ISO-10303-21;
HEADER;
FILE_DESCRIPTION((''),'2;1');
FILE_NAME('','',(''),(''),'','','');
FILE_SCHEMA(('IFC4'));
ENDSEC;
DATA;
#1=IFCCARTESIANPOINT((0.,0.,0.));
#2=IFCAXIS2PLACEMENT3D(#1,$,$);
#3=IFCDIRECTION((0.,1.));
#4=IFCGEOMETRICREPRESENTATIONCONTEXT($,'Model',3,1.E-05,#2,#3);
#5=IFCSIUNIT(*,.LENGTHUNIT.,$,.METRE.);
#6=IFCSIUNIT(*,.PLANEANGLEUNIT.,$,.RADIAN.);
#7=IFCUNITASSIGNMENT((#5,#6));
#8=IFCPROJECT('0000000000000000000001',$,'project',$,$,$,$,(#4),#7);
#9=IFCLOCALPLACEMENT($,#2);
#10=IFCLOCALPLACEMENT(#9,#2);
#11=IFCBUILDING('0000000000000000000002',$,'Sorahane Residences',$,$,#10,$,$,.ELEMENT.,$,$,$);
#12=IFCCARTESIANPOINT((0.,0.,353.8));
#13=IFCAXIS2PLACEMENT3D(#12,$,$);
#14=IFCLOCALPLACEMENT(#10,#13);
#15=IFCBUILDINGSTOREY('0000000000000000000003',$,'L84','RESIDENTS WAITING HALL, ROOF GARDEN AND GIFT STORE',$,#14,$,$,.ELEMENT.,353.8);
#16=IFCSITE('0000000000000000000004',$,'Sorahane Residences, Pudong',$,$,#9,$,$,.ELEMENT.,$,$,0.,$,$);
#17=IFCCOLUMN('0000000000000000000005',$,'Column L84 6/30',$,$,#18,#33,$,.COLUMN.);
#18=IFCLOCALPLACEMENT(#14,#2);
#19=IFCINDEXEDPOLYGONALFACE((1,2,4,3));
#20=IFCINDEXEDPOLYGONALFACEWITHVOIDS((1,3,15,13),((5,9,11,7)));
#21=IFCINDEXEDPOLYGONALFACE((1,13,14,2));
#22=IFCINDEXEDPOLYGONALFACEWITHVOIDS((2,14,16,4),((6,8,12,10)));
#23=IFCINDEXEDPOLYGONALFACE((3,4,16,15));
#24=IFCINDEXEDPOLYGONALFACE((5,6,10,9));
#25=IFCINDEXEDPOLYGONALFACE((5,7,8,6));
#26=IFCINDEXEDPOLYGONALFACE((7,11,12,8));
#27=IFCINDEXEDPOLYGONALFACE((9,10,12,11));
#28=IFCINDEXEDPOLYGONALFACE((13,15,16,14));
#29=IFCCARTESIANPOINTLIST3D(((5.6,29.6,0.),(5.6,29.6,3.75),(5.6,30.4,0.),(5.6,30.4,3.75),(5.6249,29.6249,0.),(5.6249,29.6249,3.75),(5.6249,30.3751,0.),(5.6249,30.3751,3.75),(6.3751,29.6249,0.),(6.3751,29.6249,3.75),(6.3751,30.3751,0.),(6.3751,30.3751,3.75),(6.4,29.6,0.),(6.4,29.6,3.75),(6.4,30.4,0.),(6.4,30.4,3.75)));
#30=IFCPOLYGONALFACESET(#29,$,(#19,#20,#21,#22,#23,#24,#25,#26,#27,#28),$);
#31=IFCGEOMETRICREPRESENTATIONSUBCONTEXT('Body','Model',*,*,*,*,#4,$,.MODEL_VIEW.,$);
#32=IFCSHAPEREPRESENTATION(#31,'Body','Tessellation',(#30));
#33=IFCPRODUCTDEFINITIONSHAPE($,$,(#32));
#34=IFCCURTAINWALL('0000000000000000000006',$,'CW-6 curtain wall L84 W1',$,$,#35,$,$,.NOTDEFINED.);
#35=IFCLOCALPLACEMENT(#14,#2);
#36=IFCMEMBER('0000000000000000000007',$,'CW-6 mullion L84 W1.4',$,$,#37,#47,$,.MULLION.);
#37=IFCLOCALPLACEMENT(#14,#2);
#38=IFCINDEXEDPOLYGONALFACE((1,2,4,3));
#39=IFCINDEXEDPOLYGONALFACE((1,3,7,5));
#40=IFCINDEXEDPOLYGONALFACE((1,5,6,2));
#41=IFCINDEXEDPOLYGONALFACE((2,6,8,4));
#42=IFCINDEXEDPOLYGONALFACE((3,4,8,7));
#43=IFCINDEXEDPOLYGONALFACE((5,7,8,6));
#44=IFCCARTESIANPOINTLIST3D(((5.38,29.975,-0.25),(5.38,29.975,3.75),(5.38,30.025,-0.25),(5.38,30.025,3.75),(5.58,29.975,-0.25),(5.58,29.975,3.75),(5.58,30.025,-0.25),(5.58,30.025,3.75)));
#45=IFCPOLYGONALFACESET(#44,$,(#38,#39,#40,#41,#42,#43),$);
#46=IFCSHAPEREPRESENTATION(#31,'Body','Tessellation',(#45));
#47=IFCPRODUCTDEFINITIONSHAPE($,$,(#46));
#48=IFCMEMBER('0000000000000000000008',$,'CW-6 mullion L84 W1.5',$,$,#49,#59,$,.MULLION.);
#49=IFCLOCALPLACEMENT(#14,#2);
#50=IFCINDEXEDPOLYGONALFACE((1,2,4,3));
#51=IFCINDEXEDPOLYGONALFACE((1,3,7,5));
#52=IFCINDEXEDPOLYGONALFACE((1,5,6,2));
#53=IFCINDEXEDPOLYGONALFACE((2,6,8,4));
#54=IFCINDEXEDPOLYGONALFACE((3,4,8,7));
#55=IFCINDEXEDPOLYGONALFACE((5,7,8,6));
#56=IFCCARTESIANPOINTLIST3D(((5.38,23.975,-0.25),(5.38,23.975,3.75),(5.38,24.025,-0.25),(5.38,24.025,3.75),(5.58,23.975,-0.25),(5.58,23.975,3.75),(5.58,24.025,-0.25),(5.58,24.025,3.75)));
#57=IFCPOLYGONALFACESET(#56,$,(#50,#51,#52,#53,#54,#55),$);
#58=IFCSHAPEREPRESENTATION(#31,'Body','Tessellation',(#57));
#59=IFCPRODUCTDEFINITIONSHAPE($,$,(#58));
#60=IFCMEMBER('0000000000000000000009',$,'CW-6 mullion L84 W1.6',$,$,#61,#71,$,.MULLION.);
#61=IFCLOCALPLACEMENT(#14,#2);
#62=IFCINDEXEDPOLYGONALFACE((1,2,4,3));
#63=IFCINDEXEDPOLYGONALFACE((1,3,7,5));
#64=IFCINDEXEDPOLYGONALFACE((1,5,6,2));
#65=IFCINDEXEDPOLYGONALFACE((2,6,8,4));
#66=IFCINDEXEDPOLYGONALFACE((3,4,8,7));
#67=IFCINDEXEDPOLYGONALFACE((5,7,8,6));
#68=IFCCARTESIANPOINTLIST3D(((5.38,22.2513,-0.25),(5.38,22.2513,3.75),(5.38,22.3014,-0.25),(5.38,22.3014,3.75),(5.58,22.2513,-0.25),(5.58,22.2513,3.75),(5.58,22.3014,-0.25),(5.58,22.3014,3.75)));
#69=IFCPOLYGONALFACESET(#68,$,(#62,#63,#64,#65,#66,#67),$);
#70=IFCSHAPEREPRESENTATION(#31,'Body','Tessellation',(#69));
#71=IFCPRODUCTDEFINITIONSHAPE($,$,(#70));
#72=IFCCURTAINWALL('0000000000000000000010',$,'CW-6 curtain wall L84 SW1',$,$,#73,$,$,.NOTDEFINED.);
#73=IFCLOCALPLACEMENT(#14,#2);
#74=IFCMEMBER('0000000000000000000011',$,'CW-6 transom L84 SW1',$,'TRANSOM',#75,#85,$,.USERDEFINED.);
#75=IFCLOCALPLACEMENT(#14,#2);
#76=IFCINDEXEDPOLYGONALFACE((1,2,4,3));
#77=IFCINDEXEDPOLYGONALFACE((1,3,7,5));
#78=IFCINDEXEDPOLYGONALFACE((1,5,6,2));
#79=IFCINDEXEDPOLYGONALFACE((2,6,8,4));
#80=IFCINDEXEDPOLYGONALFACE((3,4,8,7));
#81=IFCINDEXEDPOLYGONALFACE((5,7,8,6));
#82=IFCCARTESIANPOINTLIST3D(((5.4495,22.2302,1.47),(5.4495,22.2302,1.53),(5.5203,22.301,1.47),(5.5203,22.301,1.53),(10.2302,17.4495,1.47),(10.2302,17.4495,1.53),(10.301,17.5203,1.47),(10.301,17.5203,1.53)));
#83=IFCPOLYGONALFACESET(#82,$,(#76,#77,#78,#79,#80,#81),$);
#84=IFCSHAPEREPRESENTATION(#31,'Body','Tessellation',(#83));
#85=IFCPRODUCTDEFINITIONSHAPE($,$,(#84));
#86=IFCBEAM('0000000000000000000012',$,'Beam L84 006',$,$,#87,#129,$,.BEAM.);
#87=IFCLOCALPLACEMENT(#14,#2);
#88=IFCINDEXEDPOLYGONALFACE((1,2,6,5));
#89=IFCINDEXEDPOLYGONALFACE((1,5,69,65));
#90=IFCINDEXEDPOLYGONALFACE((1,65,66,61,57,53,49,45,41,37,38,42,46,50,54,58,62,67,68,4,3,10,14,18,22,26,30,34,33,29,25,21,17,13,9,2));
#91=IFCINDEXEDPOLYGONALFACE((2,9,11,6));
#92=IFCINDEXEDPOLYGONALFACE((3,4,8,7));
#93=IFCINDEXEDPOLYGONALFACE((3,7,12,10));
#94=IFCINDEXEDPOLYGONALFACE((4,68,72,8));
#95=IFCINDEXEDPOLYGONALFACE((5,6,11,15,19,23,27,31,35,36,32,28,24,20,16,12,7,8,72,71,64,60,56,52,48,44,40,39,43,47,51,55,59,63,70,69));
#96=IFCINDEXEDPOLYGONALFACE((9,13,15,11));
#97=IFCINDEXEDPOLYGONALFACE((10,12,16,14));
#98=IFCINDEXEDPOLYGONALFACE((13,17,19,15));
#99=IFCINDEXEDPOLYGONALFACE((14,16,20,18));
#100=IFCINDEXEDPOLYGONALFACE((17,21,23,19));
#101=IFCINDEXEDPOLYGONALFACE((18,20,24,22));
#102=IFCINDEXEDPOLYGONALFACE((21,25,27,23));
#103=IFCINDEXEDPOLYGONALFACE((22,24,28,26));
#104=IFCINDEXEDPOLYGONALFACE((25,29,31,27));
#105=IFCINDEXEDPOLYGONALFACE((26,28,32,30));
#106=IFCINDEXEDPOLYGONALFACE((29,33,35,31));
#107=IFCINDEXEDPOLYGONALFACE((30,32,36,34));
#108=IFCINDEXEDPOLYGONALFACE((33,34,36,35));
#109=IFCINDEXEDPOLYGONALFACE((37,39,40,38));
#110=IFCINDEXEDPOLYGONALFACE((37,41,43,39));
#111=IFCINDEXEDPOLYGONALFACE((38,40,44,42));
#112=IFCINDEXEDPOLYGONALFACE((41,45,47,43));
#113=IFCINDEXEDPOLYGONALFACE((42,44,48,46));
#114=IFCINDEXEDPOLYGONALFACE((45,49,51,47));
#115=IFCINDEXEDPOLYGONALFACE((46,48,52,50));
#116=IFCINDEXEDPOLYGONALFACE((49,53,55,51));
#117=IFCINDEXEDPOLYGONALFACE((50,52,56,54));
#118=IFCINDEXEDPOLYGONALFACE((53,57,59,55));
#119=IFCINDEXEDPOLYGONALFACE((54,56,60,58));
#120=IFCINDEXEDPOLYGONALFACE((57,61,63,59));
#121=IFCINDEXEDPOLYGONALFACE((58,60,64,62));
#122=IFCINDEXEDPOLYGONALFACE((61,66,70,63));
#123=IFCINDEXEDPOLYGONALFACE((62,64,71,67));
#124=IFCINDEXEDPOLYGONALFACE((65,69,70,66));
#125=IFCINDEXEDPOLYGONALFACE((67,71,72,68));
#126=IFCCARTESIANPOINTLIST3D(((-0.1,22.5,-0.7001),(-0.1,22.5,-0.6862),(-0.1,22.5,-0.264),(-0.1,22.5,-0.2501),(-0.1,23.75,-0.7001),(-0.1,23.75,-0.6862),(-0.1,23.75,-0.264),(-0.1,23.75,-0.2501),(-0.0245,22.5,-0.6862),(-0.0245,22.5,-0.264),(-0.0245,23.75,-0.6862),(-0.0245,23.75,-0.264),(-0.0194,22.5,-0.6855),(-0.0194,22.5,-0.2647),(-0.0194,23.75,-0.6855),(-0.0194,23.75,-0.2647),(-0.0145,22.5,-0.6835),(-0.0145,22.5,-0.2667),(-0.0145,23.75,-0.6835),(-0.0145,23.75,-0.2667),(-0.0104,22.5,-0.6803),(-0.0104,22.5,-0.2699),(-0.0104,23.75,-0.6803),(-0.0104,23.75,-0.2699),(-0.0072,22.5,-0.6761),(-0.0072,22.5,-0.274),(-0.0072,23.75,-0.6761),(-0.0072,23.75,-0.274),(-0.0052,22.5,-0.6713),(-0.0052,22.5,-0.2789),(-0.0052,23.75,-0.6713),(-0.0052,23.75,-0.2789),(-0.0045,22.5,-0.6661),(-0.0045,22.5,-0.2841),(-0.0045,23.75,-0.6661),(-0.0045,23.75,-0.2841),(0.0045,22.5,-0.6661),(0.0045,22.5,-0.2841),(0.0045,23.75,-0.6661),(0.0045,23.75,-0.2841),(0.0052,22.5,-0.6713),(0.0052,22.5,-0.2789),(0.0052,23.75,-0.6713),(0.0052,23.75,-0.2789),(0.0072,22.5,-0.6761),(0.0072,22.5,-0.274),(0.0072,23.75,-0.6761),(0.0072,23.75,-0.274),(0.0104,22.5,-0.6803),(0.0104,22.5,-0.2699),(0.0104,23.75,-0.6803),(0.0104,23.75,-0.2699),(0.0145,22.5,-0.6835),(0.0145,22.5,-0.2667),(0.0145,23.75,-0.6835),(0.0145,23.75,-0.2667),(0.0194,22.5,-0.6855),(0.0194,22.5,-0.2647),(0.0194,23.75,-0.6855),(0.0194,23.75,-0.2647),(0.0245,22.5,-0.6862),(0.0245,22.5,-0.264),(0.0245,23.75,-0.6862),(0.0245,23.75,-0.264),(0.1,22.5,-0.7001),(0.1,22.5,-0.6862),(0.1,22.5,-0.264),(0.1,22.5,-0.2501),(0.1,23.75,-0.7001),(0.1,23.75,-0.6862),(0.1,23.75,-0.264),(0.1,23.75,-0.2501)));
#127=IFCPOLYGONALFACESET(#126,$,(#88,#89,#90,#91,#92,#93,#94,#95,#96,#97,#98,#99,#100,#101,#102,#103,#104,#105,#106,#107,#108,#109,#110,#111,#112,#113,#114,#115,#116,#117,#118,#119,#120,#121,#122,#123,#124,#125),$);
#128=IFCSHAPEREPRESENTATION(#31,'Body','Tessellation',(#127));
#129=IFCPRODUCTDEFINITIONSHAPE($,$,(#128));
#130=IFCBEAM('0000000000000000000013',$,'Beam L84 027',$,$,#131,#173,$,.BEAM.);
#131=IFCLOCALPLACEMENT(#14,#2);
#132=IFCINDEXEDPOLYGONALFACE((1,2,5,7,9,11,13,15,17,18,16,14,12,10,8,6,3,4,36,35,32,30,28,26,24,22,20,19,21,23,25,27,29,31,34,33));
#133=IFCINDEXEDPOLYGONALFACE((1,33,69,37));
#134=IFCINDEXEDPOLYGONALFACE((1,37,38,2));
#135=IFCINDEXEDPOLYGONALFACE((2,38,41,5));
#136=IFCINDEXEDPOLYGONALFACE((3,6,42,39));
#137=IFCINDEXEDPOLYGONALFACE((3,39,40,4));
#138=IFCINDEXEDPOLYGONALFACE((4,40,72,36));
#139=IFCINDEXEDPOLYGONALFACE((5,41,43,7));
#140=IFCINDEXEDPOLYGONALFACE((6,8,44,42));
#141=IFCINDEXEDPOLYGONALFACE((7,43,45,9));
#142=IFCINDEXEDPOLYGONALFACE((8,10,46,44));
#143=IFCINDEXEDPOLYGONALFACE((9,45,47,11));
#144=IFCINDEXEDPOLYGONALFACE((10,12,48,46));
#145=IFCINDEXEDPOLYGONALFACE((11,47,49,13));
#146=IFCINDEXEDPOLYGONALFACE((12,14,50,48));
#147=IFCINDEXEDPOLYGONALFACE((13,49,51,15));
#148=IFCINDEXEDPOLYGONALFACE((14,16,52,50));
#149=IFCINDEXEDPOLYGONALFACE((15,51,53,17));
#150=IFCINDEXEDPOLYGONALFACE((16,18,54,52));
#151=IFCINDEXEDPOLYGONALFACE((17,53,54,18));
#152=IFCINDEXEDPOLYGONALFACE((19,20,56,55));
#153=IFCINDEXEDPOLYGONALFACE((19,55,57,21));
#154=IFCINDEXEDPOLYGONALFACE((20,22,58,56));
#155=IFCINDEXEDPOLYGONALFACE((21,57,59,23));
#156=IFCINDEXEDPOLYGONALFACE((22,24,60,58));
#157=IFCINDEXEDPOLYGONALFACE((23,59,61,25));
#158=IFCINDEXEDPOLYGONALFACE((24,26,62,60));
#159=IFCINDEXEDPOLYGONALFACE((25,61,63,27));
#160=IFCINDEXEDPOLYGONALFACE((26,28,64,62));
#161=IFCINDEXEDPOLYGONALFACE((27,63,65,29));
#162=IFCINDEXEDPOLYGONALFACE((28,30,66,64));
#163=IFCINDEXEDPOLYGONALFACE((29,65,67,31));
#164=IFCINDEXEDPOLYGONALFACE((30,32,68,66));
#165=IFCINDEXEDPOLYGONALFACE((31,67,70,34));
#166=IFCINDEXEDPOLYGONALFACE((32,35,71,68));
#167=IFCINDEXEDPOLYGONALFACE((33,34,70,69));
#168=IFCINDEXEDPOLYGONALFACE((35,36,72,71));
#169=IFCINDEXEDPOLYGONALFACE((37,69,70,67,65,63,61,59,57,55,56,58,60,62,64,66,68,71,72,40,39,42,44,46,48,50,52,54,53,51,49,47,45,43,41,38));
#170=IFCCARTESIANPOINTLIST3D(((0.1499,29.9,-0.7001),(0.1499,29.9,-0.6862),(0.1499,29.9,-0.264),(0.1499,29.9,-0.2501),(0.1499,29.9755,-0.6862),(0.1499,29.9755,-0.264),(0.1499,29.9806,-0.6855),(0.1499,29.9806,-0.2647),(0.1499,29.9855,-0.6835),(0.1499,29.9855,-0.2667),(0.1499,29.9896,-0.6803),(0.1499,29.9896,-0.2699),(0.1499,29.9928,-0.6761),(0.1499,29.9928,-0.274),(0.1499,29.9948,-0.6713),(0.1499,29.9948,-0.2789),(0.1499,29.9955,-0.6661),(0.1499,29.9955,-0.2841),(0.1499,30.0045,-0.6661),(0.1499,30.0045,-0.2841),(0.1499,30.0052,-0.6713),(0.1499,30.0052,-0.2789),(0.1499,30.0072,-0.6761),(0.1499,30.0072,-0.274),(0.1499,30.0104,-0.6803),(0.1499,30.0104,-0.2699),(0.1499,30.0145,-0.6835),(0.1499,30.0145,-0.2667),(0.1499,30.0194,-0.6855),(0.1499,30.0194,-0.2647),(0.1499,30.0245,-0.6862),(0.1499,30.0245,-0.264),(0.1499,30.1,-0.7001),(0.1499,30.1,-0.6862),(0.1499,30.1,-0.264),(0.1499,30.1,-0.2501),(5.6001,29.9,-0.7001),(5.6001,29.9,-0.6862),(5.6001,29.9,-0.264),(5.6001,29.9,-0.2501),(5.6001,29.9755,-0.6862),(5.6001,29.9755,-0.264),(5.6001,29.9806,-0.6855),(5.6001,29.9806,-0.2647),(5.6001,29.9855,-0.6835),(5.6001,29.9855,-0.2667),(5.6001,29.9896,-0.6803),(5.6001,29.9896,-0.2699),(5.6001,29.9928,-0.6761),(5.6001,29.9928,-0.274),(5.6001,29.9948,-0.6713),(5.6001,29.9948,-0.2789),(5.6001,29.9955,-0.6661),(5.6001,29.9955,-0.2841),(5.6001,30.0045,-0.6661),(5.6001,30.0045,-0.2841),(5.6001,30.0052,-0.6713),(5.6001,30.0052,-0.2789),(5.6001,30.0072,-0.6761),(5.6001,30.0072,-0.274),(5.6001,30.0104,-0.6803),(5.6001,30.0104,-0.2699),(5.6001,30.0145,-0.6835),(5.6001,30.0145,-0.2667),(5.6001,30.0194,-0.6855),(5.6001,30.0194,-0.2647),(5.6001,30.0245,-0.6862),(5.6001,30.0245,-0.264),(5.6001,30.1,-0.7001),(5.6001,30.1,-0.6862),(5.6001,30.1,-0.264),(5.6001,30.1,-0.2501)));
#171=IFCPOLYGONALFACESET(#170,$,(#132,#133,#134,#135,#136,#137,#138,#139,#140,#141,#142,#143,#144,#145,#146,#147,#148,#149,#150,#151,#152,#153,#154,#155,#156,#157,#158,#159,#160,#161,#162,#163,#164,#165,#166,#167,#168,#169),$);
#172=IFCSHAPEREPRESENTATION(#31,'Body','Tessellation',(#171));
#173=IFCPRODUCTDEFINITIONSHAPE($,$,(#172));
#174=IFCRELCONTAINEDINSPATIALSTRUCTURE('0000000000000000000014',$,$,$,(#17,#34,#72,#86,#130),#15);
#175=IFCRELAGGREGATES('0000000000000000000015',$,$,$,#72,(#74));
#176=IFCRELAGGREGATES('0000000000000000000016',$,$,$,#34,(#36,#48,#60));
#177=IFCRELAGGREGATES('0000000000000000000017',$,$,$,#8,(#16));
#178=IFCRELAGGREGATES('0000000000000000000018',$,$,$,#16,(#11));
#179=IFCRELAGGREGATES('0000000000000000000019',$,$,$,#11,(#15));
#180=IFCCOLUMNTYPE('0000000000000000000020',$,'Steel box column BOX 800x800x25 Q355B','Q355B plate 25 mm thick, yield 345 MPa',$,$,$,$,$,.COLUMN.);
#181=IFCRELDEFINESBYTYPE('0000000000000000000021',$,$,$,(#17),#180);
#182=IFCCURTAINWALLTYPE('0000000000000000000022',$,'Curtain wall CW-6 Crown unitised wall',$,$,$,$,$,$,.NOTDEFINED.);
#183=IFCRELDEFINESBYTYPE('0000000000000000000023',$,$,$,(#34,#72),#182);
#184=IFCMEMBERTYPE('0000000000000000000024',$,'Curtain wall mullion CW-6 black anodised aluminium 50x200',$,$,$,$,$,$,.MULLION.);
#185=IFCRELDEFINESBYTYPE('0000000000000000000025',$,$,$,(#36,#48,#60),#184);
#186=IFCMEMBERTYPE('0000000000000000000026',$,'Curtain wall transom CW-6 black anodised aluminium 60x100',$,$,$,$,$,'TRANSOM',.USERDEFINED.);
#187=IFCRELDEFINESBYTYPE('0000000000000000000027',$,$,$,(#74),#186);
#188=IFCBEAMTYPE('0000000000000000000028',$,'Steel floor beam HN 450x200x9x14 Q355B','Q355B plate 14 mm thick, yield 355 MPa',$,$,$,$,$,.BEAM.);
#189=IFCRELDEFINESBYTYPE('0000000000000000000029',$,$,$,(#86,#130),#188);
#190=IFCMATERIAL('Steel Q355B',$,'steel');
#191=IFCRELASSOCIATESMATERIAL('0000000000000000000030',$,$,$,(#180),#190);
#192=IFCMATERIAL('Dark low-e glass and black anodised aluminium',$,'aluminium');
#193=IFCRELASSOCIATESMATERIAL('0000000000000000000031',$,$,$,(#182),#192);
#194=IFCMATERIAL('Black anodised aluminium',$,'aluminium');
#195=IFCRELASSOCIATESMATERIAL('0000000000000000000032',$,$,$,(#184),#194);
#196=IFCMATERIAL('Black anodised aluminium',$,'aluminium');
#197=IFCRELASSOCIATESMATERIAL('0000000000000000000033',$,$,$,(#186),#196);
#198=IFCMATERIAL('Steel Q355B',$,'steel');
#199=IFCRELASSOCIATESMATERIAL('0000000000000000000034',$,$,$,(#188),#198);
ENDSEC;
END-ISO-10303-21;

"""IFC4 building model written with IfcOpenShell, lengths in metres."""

from ifc_helpers import new_model, si_unit, direction, frame, origin, origin_2d, place, context, subcontext, project, spatial, rectangle, hollow_rectangle, i_section, extrude, material, material_profile, profile_set, type_object, element, aggregate, save


model = new_model("IFC4")

# Units and contexts
model_context = context("Model", 3, precision=1e-05, world=origin(), true_north=direction((0.0, 1.0)))
body_context = subcontext(model_context, "Body", "Model", "MODEL_VIEW")
ifc_project = project(units=[si_unit("LENGTHUNIT", "METRE"), si_unit("PLANEANGLEUNIT", "RADIAN")], contexts=[model_context])

# Site, building, storey
site_placement = place(None, origin())
site = spatial("IfcSite", under=ifc_project, at=site_placement, Name="Sorahane Residences, Pudong", CompositionType="ELEMENT", RefElevation=0.0)
building_placement = place(site_placement, origin())
building = spatial("IfcBuilding", under=site, at=building_placement, Name="Sorahane Residences", CompositionType="ELEMENT")
storey_placement = place(building_placement, frame((0.0, 0.0, 353.8)))
storey = spatial("IfcBuildingStorey", under=building, at=storey_placement, Name="L84", Description="RESIDENTS WAITING HALL, ROOF GARDEN AND GIFT STORE", CompositionType="ELEMENT", Elevation=353.8)

# Column
ifc_material_1 = material(Name="Steel Q355B", Category="steel")
ifc_material_profile_1 = material_profile(ifc_material_1, hollow_rectangle(XDim=0.8, YDim=0.8, WallThickness=0.0249, at=origin_2d()), Name="BOX 800x800x25")
ifc_profile_set_1 = profile_set([ifc_material_profile_1], Name="Steel Q355B")
column_type = type_object("IfcColumnType", Name="Steel box column BOX 800x800x25 Q355B", Description="Q355B plate 25 mm thick, yield 345 MPa", PredefinedType="COLUMN", material=ifc_profile_set_1)
column_placement = place(storey_placement, frame((6.0, 30.0, 0.0), z_axis=(0.0, 0.0, 1.0), x_axis=(1.0, 0.0, 0.0)))
element("IfcColumn", 1, at=column_placement, inside=storey, type_object=column_type, Name="Column L84 6/30", PredefinedType="COLUMN", context=body_context, shape_type="SweptSolid", body=[
    extrude(hollow_rectangle(XDim=0.8, YDim=0.8, WallThickness=0.0249, at=origin_2d()), origin(), (0.0, 0.0, 1.0), 3.75),
])

# Curtain wall, members
ifc_material_2 = material(Name="Dark low-e glass and black anodised aluminium", Category="aluminium")
curtain_wall_type = type_object("IfcCurtainWallType", Name="Curtain wall CW-6 Crown unitised wall", PredefinedType="NOTDEFINED", material=ifc_material_2)
curtain_wall_1_placement = place(storey_placement, origin())
curtain_wall_1 = element("IfcCurtainWall", 2, at=curtain_wall_1_placement, inside=storey, type_object=curtain_wall_type, Name="CW-6 curtain wall L84 W1", PredefinedType="NOTDEFINED")
ifc_material_3 = material(Name="Black anodised aluminium", Category="aluminium")
ifc_material_profile_2 = material_profile(ifc_material_3, rectangle(XDim=0.2, YDim=0.05, at=origin_2d()), Name="Curtain wall mullion CW-6 black anodised aluminium 50x200")
ifc_profile_set_2 = profile_set([ifc_material_profile_2], Name="Black anodised aluminium")
member_type_1 = type_object("IfcMemberType", Name="Curtain wall mullion CW-6 black anodised aluminium 50x200", PredefinedType="MULLION", material=ifc_profile_set_2)
member_1_placement = place(storey_placement, frame((5.48, 30.0, -0.25), z_axis=(0.0, 0.0, 1.0), x_axis=(-1.0, 0.0, 0.0)))
member_1 = element("IfcMember", 3, at=member_1_placement, type_object=member_type_1, Name="CW-6 mullion L84 W1.4", PredefinedType="MULLION", context=body_context, shape_type="SweptSolid", body=[
    extrude(rectangle(XDim=0.2, YDim=0.05, at=origin_2d()), origin(), (0.0, 0.0, 1.0), 4.0),
])
member_2_placement = place(storey_placement, frame((5.48, 24.0, -0.25), z_axis=(0.0, 0.0, 1.0), x_axis=(-1.0, 0.0, 0.0)))
member_2 = element("IfcMember", 4, at=member_2_placement, type_object=member_type_1, Name="CW-6 mullion L84 W1.5", PredefinedType="MULLION", context=body_context, shape_type="SweptSolid", body=[
    extrude(rectangle(XDim=0.2, YDim=0.05, at=origin_2d()), origin(), (0.0, 0.0, 1.0), 4.0),
])
member_3_placement = place(storey_placement, frame((5.48, 22.2764, -0.25), z_axis=(0.0, 0.0, 1.0), x_axis=(-1.0, 0.0, 0.0)))
member_3 = element("IfcMember", 5, at=member_3_placement, type_object=member_type_1, Name="CW-6 mullion L84 W1.6", PredefinedType="MULLION", context=body_context, shape_type="SweptSolid", body=[
    extrude(rectangle(XDim=0.2, YDim=0.05, at=origin_2d()), origin(), (0.0, 0.0, 1.0), 4.0),
])

# Curtain wall, member
curtain_wall_2_placement = place(storey_placement, origin())
curtain_wall_2 = element("IfcCurtainWall", 6, at=curtain_wall_2_placement, inside=storey, type_object=curtain_wall_type, Name="CW-6 curtain wall L84 SW1", PredefinedType="NOTDEFINED")
ifc_material_4 = material(Name="Black anodised aluminium", Category="aluminium")
ifc_material_profile_3 = material_profile(ifc_material_4, rectangle(XDim=0.1001, YDim=0.0601, at=origin_2d()), Name="Curtain wall transom CW-6 black anodised aluminium 60x100")
ifc_profile_set_3 = profile_set([ifc_material_profile_3], Name="Black anodised aluminium")
member_type_2 = type_object("IfcMemberType", Name="Curtain wall transom CW-6 black anodised aluminium 60x100", ElementType="TRANSOM", PredefinedType="USERDEFINED", material=ifc_profile_set_3)
member_4_placement = place(storey_placement, frame((5.4849, 22.2656, 1.5), z_axis=(0.707107, -0.707107, 0.0), x_axis=(0.707107, 0.707107, 0.0)))
member_4 = element("IfcMember", 7, at=member_4_placement, type_object=member_type_2, Name="CW-6 transom L84 SW1", ObjectType="TRANSOM", PredefinedType="USERDEFINED", context=body_context, shape_type="SweptSolid", body=[
    extrude(rectangle(XDim=0.1001, YDim=0.0601, at=origin_2d()), origin(), (0.0, 0.0, 1.0), 6.761),
])
aggregate(curtain_wall_2, [member_4])

# Beams
ifc_material_5 = material(Name="Steel Q355B", Category="steel")
ifc_material_profile_4 = material_profile(ifc_material_5, i_section(OverallWidth=0.2, OverallDepth=0.45, WebThickness=0.009, FlangeThickness=0.0139, FilletRadius=0.02, at=origin_2d()), Name="HN 450x200x9x14")
ifc_profile_set_4 = profile_set([ifc_material_profile_4], Name="Steel Q355B")
beam_type_1 = type_object("IfcBeamType", Name="Steel floor beam HN 450x200x9x14 Q355B", Description="Q355B plate 14 mm thick, yield 355 MPa", PredefinedType="BEAM", material=ifc_profile_set_4)
beam_1_placement = place(storey_placement, frame((0.0, 22.5, -0.4751), z_axis=(0.0, 1.0, 0.0), x_axis=(-1.0, 0.0, 0.0)))
element("IfcBeam", 8, at=beam_1_placement, inside=storey, type_object=beam_type_1, Name="Beam L84 006", PredefinedType="BEAM", context=body_context, shape_type="SweptSolid", body=[
    extrude(i_section(OverallWidth=0.2, OverallDepth=0.45, WebThickness=0.009, FlangeThickness=0.0139, FilletRadius=0.02, at=origin_2d()), origin(), (0.0, 0.0, 1.0), 1.25),
])
beam_2_placement = place(storey_placement, frame((0.1499, 30.0, -0.4751), z_axis=(1.0, 0.0, 0.0), x_axis=(0.0, 1.0, 0.0)))
element("IfcBeam", 9, at=beam_2_placement, inside=storey, type_object=beam_type_1, Name="Beam L84 027", PredefinedType="BEAM", context=body_context, shape_type="SweptSolid", body=[
    extrude(i_section(OverallWidth=0.2, OverallDepth=0.45, WebThickness=0.009, FlangeThickness=0.0139, FilletRadius=0.02, at=origin_2d()), origin(), (0.0, 0.0, 1.0), 5.4502),
])

aggregate(curtain_wall_1, [member_1, member_2, member_3])

save(model, "model.ifc")
